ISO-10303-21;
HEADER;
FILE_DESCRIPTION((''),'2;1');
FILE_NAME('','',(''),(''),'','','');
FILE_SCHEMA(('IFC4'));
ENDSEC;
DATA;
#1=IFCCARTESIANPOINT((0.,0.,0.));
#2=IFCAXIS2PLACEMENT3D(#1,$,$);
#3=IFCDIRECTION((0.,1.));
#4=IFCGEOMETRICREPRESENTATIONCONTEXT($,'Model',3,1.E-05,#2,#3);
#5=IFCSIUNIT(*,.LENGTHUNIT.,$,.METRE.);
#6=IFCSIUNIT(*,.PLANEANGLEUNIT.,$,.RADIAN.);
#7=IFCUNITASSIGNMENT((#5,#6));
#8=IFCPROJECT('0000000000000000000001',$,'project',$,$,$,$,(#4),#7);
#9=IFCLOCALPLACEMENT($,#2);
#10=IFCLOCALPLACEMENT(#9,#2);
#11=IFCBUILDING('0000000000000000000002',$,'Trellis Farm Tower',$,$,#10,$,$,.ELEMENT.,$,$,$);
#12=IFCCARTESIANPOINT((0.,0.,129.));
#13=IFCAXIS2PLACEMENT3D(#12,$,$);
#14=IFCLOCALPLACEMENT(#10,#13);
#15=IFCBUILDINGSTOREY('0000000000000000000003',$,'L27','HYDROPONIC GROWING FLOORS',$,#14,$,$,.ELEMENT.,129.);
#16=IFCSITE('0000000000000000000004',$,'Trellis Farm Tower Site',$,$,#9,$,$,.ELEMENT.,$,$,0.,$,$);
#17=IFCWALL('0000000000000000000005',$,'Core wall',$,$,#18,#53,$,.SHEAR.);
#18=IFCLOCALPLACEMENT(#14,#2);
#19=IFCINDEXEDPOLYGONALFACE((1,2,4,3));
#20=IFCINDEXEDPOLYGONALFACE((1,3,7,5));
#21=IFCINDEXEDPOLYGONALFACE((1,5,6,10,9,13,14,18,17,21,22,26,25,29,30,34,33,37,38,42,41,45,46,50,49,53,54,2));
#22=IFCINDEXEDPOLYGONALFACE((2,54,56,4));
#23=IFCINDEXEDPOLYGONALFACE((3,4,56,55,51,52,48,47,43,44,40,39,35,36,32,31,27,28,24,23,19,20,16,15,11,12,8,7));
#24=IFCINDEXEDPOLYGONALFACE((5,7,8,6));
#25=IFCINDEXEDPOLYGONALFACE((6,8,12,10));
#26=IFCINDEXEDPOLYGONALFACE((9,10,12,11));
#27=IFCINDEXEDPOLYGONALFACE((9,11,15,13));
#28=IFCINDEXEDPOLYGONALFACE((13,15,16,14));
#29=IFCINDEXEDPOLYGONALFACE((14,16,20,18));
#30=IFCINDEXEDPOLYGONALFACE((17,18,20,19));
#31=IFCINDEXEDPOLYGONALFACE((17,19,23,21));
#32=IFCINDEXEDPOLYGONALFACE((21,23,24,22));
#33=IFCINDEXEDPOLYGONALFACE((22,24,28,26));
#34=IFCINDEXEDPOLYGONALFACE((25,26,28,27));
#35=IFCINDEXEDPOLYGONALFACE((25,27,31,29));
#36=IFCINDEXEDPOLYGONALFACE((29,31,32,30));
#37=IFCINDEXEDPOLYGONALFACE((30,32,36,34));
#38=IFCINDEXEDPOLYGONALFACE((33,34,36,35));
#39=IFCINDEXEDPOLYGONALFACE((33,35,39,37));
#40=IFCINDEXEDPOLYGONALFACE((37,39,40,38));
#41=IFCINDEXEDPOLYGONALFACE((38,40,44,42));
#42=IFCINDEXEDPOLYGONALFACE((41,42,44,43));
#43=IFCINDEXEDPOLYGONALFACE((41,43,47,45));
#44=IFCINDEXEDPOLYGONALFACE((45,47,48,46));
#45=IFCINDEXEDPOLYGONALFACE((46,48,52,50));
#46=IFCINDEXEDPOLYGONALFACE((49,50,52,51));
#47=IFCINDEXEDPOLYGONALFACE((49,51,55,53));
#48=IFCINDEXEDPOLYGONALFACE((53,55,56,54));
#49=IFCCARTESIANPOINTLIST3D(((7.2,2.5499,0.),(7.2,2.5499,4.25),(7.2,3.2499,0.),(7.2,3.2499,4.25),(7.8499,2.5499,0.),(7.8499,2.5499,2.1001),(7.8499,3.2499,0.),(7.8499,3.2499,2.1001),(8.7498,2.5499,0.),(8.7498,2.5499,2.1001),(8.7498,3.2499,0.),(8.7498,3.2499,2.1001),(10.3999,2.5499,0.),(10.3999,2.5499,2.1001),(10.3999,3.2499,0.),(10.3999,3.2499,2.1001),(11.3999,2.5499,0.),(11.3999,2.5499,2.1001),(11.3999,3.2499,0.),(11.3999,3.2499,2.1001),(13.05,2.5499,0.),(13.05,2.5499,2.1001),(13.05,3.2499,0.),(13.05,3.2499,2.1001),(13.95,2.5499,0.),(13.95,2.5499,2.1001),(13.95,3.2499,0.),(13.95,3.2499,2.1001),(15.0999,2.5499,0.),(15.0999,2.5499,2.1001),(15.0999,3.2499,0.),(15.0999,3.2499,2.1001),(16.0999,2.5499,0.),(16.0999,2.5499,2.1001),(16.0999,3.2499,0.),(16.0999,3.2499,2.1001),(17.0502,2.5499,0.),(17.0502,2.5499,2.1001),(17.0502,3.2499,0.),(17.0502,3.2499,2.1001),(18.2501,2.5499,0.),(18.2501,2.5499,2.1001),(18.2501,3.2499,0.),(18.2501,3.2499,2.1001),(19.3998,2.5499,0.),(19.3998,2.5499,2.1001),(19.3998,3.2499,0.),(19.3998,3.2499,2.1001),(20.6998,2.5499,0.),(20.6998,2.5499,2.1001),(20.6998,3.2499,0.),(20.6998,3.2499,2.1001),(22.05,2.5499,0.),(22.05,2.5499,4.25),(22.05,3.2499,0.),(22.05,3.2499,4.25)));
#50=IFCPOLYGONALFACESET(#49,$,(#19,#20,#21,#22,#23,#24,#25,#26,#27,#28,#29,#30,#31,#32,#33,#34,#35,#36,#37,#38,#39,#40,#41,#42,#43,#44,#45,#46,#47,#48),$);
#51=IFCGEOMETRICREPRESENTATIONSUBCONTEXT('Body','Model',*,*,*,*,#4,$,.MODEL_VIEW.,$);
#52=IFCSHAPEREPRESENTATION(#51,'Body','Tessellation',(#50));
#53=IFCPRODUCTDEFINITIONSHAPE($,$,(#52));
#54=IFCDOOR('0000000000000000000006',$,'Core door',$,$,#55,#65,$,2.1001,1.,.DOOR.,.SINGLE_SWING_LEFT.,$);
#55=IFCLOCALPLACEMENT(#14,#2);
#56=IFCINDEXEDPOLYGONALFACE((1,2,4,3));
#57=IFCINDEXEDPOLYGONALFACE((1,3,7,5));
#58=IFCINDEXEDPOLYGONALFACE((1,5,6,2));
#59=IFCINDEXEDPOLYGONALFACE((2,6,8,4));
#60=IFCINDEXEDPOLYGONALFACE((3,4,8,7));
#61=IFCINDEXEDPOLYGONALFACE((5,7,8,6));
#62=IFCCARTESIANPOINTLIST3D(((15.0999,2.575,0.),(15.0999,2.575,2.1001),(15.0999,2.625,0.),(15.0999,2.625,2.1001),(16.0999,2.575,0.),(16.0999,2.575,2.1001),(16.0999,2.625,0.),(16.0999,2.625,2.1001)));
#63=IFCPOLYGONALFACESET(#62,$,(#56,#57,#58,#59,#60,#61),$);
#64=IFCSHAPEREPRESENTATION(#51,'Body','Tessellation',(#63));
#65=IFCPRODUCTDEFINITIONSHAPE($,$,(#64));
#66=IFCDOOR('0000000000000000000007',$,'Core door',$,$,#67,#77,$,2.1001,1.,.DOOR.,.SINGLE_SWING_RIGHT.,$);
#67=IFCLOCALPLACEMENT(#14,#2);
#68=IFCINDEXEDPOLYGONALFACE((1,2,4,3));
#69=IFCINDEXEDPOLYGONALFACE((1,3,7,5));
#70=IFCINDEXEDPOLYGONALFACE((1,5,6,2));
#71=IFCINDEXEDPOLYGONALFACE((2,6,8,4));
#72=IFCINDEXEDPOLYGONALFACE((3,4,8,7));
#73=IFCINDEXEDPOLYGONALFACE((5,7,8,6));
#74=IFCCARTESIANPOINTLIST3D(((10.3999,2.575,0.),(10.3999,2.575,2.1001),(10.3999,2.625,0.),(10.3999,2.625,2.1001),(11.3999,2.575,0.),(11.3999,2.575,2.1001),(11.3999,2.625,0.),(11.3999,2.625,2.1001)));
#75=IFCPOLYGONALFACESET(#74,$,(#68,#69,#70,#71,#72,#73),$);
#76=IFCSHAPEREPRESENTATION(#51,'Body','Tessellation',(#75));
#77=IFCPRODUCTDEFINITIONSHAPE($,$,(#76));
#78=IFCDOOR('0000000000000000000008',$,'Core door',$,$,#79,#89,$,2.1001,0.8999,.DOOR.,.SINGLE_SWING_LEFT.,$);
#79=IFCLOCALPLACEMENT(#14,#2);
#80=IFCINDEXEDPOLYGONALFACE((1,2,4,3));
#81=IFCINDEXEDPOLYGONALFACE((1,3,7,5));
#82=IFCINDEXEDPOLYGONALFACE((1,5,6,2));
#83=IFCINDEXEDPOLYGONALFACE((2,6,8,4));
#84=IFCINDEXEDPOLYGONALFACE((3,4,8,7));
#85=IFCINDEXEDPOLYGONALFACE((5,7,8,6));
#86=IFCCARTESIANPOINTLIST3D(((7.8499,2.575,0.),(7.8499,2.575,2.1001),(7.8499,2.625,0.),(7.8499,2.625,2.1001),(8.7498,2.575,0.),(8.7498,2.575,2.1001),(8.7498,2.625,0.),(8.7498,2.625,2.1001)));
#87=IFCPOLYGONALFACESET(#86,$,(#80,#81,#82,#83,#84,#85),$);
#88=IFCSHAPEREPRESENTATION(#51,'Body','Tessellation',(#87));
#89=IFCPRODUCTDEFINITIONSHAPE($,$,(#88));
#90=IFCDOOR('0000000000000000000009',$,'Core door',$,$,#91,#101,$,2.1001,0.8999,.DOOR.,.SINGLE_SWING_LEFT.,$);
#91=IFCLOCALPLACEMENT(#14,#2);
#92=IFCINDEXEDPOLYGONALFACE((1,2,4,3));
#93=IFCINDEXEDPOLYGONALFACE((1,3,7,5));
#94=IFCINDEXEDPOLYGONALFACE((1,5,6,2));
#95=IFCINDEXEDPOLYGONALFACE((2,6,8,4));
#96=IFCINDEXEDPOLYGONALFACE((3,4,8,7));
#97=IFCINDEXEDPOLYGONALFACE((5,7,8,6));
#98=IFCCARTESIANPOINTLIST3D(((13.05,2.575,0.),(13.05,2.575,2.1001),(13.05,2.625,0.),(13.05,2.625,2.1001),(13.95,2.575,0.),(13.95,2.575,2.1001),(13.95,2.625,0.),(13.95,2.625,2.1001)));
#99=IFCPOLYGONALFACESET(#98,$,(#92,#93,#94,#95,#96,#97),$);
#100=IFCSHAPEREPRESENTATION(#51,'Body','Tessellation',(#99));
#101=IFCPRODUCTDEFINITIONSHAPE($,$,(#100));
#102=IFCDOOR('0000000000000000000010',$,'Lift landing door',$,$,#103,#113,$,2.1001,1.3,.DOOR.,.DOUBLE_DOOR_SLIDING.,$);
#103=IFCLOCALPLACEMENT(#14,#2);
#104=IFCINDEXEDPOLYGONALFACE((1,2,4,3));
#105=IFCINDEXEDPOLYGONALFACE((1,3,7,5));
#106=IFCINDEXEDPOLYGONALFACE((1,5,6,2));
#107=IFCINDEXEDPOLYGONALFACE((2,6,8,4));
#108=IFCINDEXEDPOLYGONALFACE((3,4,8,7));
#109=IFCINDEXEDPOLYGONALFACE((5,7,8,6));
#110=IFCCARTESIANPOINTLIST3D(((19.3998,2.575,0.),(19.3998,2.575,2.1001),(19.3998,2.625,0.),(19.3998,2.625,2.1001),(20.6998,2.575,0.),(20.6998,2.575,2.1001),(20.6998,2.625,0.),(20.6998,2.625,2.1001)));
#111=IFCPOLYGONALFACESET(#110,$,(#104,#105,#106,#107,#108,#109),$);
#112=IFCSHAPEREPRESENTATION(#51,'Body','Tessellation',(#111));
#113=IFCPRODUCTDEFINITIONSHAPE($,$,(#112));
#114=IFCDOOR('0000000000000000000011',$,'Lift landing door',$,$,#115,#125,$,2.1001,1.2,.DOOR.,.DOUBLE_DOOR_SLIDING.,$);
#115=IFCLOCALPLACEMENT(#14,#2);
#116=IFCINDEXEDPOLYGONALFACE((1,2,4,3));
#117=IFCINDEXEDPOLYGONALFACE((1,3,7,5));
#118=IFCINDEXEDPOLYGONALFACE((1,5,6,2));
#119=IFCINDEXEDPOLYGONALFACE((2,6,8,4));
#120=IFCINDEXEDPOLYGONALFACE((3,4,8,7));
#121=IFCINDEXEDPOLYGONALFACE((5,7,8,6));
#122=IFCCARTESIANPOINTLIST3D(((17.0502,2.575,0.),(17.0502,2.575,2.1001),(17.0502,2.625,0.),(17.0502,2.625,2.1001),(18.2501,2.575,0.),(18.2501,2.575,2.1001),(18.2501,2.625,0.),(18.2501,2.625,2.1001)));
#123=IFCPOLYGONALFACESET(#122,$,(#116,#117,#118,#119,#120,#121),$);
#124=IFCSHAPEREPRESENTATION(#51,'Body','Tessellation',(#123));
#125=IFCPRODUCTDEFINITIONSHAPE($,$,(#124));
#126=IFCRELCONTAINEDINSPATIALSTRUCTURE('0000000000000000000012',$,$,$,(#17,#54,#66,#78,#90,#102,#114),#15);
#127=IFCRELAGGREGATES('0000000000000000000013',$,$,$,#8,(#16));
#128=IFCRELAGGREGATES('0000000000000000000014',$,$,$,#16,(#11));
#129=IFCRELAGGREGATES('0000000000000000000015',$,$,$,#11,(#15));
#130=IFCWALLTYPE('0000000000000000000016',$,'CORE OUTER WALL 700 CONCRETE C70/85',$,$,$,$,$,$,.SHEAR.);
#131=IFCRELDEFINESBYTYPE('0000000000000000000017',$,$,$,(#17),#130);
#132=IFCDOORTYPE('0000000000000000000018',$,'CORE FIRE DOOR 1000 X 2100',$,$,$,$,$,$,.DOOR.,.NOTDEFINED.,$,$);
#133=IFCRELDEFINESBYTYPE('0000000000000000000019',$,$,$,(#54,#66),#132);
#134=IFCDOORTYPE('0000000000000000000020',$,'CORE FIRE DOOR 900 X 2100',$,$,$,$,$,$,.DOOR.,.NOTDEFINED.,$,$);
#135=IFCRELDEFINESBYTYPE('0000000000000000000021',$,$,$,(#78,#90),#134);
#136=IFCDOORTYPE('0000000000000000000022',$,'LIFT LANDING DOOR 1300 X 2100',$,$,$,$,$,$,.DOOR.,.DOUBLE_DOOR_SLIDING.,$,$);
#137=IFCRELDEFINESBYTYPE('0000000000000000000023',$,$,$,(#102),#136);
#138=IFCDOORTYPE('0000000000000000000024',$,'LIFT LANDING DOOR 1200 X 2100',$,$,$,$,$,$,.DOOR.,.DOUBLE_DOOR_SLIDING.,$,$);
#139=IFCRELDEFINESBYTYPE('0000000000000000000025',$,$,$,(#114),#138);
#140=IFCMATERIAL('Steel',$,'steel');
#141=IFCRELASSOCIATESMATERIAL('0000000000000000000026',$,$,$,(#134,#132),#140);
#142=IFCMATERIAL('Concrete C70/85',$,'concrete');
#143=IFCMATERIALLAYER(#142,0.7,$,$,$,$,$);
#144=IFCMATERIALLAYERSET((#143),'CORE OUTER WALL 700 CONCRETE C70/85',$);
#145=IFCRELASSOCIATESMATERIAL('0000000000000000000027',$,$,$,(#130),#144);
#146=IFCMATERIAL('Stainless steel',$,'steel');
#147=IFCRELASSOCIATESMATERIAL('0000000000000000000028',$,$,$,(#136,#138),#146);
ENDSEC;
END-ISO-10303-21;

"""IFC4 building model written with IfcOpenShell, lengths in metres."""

from ifc_helpers import new_model, si_unit, direction, frame, frame_2d, origin, place, context, subcontext, project, spatial, rectangle, extrude, source, transform, mapped, material, layer, layer_set, type_object, element, fill, save


model = new_model("IFC4")

# Units and contexts
model_context = context("Model", 3, precision=1e-05, world=origin(), true_north=direction((0.0, 1.0)))
body_context = subcontext(model_context, "Body", "Model", "MODEL_VIEW")
ifc_project = project(units=[si_unit("LENGTHUNIT", "METRE"), si_unit("PLANEANGLEUNIT", "RADIAN")], contexts=[model_context])

# Site, building, storey
site_placement = place(None, origin())
site = spatial("IfcSite", under=ifc_project, at=site_placement, Name="Trellis Farm Tower Site", CompositionType="ELEMENT", RefElevation=0.0)
building_placement = place(site_placement, origin())
building = spatial("IfcBuilding", under=site, at=building_placement, Name="Trellis Farm Tower", CompositionType="ELEMENT")
storey_placement = place(building_placement, frame((0.0, 0.0, 129.0)))
storey = spatial("IfcBuildingStorey", under=building, at=storey_placement, Name="L27", Description="HYDROPONIC GROWING FLOORS", CompositionType="ELEMENT", Elevation=129.0)

# Shared definitions
ifc_material_1 = material(Name="Concrete C70/85", Category="concrete")

# Shared definitions
ifc_material_2 = material(Name="Steel", Category="steel")
door_type_1 = type_object("IfcDoorType", Name="CORE FIRE DOOR 900 X 2100", OperationType="NOTDEFINED", PredefinedType="DOOR", material=ifc_material_2)

# Wall, openings, doors
ifc_layer_1 = layer(ifc_material_1, 0.7)
ifc_layer_set_1 = layer_set([ifc_layer_1], Name="CORE OUTER WALL 700 CONCRETE C70/85")
wall_type_1 = type_object("IfcWallType", Name="CORE OUTER WALL 700 CONCRETE C70/85", PredefinedType="SHEAR", material=ifc_layer_set_1)
shared_shape_1 = source(origin(), body_context, "Body", "SweptSolid", [
    extrude(rectangle(XDim=14.8501, YDim=0.7, at=frame_2d((7.425, 0.0))), origin(), (0.0, 0.0, 1.0), 4.25),
])
wall_1_placement = place(storey_placement, frame((7.2, 2.8999, 0.0), z_axis=(0.0, 0.0, 1.0), x_axis=(1.0, 0.0, 0.0)))
wall_1 = element("IfcWall", 1, at=wall_1_placement, inside=storey, type_object=wall_type_1, Name="Core wall", PredefinedType="SHEAR", context=body_context, shape_type="MappedRepresentation", body=[
    mapped(shared_shape_1, transform((0.0, 0.0, 0.0))),
])
shared_shape_2 = source(origin(), body_context, "Body", "SweptSolid", [
    extrude(rectangle(XDim=1.3, YDim=2.1001, at=frame_2d((0.6499, 1.05))), frame((0.0, 0.3601, 0.0), z_axis=(0.0, -1.0, 0.0), x_axis=(1.0, 0.0, 0.0)), (0.0, 0.0, 1.0), 0.7202),
])
opening_1_placement = place(wall_1_placement, frame((12.2, 0.0, 0.0)))
opening_1 = element("IfcOpeningElement", 2, at=opening_1_placement, cuts=wall_1, PredefinedType="OPENING", context=body_context, shape_type="MappedRepresentation", body=[
    mapped(shared_shape_2, transform((0.0, 0.0, 0.0))),
])
shared_shape_3 = source(origin(), body_context, "Body", "SweptSolid", [
    extrude(rectangle(XDim=1.2, YDim=2.1001, at=frame_2d((0.6001, 1.05))), frame((0.0, 0.3601, 0.0), z_axis=(0.0, -1.0, 0.0), x_axis=(1.0, 0.0, 0.0)), (0.0, 0.0, 1.0), 0.7202),
])
opening_2_placement = place(wall_1_placement, frame((9.8501, 0.0, 0.0)))
opening_2 = element("IfcOpeningElement", 3, at=opening_2_placement, cuts=wall_1, PredefinedType="OPENING", context=body_context, shape_type="MappedRepresentation", body=[
    mapped(shared_shape_3, transform((0.0, 0.0, 0.0))),
])
shared_shape_4 = source(origin(), body_context, "Body", "SweptSolid", [
    extrude(rectangle(XDim=1.0, YDim=2.1001, at=frame_2d((0.5, 1.05))), frame((0.0, 0.3601, 0.0), z_axis=(0.0, -1.0, 0.0), x_axis=(1.0, 0.0, 0.0)), (0.0, 0.0, 1.0), 0.7202),
])
opening_3_placement = place(wall_1_placement, frame((7.8999, 0.0, 0.0)))
opening_3 = element("IfcOpeningElement", 4, at=opening_3_placement, cuts=wall_1, PredefinedType="OPENING", context=body_context, shape_type="MappedRepresentation", body=[
    mapped(shared_shape_4, transform((0.0, 0.0, 0.0))),
])
shared_shape_5 = source(origin(), body_context, "Body", "SweptSolid", [
    extrude(rectangle(XDim=0.8999, YDim=2.1001, at=frame_2d((0.45, 1.05))), frame((0.0, 0.3601, 0.0), z_axis=(0.0, -1.0, 0.0), x_axis=(1.0, 0.0, 0.0)), (0.0, 0.0, 1.0), 0.7202),
])
opening_4_placement = place(wall_1_placement, frame((0.6499, 0.0, 0.0)))
opening_4 = element("IfcOpeningElement", 5, at=opening_4_placement, cuts=wall_1, PredefinedType="OPENING", context=body_context, shape_type="MappedRepresentation", body=[
    mapped(shared_shape_5, transform((0.0, 0.0, 0.0))),
])
opening_5_placement = place(wall_1_placement, frame((3.2, 0.0, 0.0)))
opening_5 = element("IfcOpeningElement", 6, at=opening_5_placement, cuts=wall_1, PredefinedType="OPENING", context=body_context, shape_type="MappedRepresentation", body=[
    mapped(shared_shape_4, transform((0.0, 0.0, 0.0))),
])
opening_6_placement = place(wall_1_placement, frame((5.8501, 0.0, 0.0)))
opening_6 = element("IfcOpeningElement", 7, at=opening_6_placement, cuts=wall_1, PredefinedType="OPENING", context=body_context, shape_type="MappedRepresentation", body=[
    mapped(shared_shape_5, transform((0.0, 0.0, 0.0))),
])
door_type_2 = type_object("IfcDoorType", Name="CORE FIRE DOOR 1000 X 2100", OperationType="NOTDEFINED", PredefinedType="DOOR", material=ifc_material_2)
shared_shape_6 = source(origin(), body_context, "Body", "SweptSolid", [
    extrude(rectangle(XDim=1.0, YDim=2.1001, at=frame_2d((0.5, 1.05))), frame((0.0, -0.2749, 0.0), z_axis=(0.0, -1.0, 0.0), x_axis=(1.0, 0.0, 0.0)), (0.0, 0.0, 1.0), 0.05),
])
door_1_placement = place(opening_3_placement, origin())
door_1 = element("IfcDoor", 8, at=door_1_placement, inside=storey, type_object=door_type_2, Name="Core door", OperationType="SINGLE_SWING_LEFT", OverallHeight=2.1001, OverallWidth=1.0, PredefinedType="DOOR", context=body_context, shape_type="MappedRepresentation", body=[
    mapped(shared_shape_6, transform((0.0, 0.0, 0.0))),
])
fill(opening_3, door_1)
door_2_placement = place(opening_5_placement, origin())
door_2 = element("IfcDoor", 9, at=door_2_placement, inside=storey, type_object=door_type_2, Name="Core door", OperationType="SINGLE_SWING_RIGHT", OverallHeight=2.1001, OverallWidth=1.0, PredefinedType="DOOR", context=body_context, shape_type="MappedRepresentation", body=[
    mapped(shared_shape_6, transform((0.0, 0.0, 0.0))),
])
fill(opening_5, door_2)
shared_shape_7 = source(origin(), body_context, "Body", "SweptSolid", [
    extrude(rectangle(XDim=0.8999, YDim=2.1001, at=frame_2d((0.45, 1.05))), frame((0.0, -0.2749, 0.0), z_axis=(0.0, -1.0, 0.0), x_axis=(1.0, 0.0, 0.0)), (0.0, 0.0, 1.0), 0.05),
])
door_3_placement = place(opening_4_placement, origin())
door_3 = element("IfcDoor", 10, at=door_3_placement, inside=storey, type_object=door_type_1, Name="Core door", OperationType="SINGLE_SWING_LEFT", OverallHeight=2.1001, OverallWidth=0.8999, PredefinedType="DOOR", context=body_context, shape_type="MappedRepresentation", body=[
    mapped(shared_shape_7, transform((0.0, 0.0, 0.0))),
])
fill(opening_4, door_3)
door_4_placement = place(opening_6_placement, origin())
door_4 = element("IfcDoor", 11, at=door_4_placement, inside=storey, type_object=door_type_1, Name="Core door", OperationType="SINGLE_SWING_LEFT", OverallHeight=2.1001, OverallWidth=0.8999, PredefinedType="DOOR", context=body_context, shape_type="MappedRepresentation", body=[
    mapped(shared_shape_7, transform((0.0, 0.0, 0.0))),
])
fill(opening_6, door_4)
ifc_material_3 = material(Name="Stainless steel", Category="steel")
door_type_3 = type_object("IfcDoorType", Name="LIFT LANDING DOOR 1300 X 2100", OperationType="DOUBLE_DOOR_SLIDING", PredefinedType="DOOR", material=ifc_material_3)
shared_shape_8 = source(origin(), body_context, "Body", "SweptSolid", [
    extrude(rectangle(XDim=1.3, YDim=2.1001, at=frame_2d((0.6499, 1.05))), frame((0.0, -0.2749, 0.0), z_axis=(0.0, -1.0, 0.0), x_axis=(1.0, 0.0, 0.0)), (0.0, 0.0, 1.0), 0.05),
])
door_5_placement = place(opening_1_placement, origin())
door_5 = element("IfcDoor", 12, at=door_5_placement, inside=storey, type_object=door_type_3, Name="Lift landing door", OperationType="DOUBLE_DOOR_SLIDING", OverallHeight=2.1001, OverallWidth=1.3, PredefinedType="DOOR", context=body_context, shape_type="MappedRepresentation", body=[
    mapped(shared_shape_8, transform((0.0, 0.0, 0.0))),
])
fill(opening_1, door_5)
door_type_4 = type_object("IfcDoorType", Name="LIFT LANDING DOOR 1200 X 2100", OperationType="DOUBLE_DOOR_SLIDING", PredefinedType="DOOR", material=ifc_material_3)
shared_shape_9 = source(origin(), body_context, "Body", "SweptSolid", [
    extrude(rectangle(XDim=1.2, YDim=2.1001, at=frame_2d((0.6001, 1.05))), frame((0.0, -0.2749, 0.0), z_axis=(0.0, -1.0, 0.0), x_axis=(1.0, 0.0, 0.0)), (0.0, 0.0, 1.0), 0.05),
])
door_6_placement = place(opening_2_placement, origin())
door_6 = element("IfcDoor", 13, at=door_6_placement, inside=storey, type_object=door_type_4, Name="Lift landing door", OperationType="DOUBLE_DOOR_SLIDING", OverallHeight=2.1001, OverallWidth=1.2, PredefinedType="DOOR", context=body_context, shape_type="MappedRepresentation", body=[
    mapped(shared_shape_9, transform((0.0, 0.0, 0.0))),
])
fill(opening_2, door_6)

save(model, "model.ifc")
